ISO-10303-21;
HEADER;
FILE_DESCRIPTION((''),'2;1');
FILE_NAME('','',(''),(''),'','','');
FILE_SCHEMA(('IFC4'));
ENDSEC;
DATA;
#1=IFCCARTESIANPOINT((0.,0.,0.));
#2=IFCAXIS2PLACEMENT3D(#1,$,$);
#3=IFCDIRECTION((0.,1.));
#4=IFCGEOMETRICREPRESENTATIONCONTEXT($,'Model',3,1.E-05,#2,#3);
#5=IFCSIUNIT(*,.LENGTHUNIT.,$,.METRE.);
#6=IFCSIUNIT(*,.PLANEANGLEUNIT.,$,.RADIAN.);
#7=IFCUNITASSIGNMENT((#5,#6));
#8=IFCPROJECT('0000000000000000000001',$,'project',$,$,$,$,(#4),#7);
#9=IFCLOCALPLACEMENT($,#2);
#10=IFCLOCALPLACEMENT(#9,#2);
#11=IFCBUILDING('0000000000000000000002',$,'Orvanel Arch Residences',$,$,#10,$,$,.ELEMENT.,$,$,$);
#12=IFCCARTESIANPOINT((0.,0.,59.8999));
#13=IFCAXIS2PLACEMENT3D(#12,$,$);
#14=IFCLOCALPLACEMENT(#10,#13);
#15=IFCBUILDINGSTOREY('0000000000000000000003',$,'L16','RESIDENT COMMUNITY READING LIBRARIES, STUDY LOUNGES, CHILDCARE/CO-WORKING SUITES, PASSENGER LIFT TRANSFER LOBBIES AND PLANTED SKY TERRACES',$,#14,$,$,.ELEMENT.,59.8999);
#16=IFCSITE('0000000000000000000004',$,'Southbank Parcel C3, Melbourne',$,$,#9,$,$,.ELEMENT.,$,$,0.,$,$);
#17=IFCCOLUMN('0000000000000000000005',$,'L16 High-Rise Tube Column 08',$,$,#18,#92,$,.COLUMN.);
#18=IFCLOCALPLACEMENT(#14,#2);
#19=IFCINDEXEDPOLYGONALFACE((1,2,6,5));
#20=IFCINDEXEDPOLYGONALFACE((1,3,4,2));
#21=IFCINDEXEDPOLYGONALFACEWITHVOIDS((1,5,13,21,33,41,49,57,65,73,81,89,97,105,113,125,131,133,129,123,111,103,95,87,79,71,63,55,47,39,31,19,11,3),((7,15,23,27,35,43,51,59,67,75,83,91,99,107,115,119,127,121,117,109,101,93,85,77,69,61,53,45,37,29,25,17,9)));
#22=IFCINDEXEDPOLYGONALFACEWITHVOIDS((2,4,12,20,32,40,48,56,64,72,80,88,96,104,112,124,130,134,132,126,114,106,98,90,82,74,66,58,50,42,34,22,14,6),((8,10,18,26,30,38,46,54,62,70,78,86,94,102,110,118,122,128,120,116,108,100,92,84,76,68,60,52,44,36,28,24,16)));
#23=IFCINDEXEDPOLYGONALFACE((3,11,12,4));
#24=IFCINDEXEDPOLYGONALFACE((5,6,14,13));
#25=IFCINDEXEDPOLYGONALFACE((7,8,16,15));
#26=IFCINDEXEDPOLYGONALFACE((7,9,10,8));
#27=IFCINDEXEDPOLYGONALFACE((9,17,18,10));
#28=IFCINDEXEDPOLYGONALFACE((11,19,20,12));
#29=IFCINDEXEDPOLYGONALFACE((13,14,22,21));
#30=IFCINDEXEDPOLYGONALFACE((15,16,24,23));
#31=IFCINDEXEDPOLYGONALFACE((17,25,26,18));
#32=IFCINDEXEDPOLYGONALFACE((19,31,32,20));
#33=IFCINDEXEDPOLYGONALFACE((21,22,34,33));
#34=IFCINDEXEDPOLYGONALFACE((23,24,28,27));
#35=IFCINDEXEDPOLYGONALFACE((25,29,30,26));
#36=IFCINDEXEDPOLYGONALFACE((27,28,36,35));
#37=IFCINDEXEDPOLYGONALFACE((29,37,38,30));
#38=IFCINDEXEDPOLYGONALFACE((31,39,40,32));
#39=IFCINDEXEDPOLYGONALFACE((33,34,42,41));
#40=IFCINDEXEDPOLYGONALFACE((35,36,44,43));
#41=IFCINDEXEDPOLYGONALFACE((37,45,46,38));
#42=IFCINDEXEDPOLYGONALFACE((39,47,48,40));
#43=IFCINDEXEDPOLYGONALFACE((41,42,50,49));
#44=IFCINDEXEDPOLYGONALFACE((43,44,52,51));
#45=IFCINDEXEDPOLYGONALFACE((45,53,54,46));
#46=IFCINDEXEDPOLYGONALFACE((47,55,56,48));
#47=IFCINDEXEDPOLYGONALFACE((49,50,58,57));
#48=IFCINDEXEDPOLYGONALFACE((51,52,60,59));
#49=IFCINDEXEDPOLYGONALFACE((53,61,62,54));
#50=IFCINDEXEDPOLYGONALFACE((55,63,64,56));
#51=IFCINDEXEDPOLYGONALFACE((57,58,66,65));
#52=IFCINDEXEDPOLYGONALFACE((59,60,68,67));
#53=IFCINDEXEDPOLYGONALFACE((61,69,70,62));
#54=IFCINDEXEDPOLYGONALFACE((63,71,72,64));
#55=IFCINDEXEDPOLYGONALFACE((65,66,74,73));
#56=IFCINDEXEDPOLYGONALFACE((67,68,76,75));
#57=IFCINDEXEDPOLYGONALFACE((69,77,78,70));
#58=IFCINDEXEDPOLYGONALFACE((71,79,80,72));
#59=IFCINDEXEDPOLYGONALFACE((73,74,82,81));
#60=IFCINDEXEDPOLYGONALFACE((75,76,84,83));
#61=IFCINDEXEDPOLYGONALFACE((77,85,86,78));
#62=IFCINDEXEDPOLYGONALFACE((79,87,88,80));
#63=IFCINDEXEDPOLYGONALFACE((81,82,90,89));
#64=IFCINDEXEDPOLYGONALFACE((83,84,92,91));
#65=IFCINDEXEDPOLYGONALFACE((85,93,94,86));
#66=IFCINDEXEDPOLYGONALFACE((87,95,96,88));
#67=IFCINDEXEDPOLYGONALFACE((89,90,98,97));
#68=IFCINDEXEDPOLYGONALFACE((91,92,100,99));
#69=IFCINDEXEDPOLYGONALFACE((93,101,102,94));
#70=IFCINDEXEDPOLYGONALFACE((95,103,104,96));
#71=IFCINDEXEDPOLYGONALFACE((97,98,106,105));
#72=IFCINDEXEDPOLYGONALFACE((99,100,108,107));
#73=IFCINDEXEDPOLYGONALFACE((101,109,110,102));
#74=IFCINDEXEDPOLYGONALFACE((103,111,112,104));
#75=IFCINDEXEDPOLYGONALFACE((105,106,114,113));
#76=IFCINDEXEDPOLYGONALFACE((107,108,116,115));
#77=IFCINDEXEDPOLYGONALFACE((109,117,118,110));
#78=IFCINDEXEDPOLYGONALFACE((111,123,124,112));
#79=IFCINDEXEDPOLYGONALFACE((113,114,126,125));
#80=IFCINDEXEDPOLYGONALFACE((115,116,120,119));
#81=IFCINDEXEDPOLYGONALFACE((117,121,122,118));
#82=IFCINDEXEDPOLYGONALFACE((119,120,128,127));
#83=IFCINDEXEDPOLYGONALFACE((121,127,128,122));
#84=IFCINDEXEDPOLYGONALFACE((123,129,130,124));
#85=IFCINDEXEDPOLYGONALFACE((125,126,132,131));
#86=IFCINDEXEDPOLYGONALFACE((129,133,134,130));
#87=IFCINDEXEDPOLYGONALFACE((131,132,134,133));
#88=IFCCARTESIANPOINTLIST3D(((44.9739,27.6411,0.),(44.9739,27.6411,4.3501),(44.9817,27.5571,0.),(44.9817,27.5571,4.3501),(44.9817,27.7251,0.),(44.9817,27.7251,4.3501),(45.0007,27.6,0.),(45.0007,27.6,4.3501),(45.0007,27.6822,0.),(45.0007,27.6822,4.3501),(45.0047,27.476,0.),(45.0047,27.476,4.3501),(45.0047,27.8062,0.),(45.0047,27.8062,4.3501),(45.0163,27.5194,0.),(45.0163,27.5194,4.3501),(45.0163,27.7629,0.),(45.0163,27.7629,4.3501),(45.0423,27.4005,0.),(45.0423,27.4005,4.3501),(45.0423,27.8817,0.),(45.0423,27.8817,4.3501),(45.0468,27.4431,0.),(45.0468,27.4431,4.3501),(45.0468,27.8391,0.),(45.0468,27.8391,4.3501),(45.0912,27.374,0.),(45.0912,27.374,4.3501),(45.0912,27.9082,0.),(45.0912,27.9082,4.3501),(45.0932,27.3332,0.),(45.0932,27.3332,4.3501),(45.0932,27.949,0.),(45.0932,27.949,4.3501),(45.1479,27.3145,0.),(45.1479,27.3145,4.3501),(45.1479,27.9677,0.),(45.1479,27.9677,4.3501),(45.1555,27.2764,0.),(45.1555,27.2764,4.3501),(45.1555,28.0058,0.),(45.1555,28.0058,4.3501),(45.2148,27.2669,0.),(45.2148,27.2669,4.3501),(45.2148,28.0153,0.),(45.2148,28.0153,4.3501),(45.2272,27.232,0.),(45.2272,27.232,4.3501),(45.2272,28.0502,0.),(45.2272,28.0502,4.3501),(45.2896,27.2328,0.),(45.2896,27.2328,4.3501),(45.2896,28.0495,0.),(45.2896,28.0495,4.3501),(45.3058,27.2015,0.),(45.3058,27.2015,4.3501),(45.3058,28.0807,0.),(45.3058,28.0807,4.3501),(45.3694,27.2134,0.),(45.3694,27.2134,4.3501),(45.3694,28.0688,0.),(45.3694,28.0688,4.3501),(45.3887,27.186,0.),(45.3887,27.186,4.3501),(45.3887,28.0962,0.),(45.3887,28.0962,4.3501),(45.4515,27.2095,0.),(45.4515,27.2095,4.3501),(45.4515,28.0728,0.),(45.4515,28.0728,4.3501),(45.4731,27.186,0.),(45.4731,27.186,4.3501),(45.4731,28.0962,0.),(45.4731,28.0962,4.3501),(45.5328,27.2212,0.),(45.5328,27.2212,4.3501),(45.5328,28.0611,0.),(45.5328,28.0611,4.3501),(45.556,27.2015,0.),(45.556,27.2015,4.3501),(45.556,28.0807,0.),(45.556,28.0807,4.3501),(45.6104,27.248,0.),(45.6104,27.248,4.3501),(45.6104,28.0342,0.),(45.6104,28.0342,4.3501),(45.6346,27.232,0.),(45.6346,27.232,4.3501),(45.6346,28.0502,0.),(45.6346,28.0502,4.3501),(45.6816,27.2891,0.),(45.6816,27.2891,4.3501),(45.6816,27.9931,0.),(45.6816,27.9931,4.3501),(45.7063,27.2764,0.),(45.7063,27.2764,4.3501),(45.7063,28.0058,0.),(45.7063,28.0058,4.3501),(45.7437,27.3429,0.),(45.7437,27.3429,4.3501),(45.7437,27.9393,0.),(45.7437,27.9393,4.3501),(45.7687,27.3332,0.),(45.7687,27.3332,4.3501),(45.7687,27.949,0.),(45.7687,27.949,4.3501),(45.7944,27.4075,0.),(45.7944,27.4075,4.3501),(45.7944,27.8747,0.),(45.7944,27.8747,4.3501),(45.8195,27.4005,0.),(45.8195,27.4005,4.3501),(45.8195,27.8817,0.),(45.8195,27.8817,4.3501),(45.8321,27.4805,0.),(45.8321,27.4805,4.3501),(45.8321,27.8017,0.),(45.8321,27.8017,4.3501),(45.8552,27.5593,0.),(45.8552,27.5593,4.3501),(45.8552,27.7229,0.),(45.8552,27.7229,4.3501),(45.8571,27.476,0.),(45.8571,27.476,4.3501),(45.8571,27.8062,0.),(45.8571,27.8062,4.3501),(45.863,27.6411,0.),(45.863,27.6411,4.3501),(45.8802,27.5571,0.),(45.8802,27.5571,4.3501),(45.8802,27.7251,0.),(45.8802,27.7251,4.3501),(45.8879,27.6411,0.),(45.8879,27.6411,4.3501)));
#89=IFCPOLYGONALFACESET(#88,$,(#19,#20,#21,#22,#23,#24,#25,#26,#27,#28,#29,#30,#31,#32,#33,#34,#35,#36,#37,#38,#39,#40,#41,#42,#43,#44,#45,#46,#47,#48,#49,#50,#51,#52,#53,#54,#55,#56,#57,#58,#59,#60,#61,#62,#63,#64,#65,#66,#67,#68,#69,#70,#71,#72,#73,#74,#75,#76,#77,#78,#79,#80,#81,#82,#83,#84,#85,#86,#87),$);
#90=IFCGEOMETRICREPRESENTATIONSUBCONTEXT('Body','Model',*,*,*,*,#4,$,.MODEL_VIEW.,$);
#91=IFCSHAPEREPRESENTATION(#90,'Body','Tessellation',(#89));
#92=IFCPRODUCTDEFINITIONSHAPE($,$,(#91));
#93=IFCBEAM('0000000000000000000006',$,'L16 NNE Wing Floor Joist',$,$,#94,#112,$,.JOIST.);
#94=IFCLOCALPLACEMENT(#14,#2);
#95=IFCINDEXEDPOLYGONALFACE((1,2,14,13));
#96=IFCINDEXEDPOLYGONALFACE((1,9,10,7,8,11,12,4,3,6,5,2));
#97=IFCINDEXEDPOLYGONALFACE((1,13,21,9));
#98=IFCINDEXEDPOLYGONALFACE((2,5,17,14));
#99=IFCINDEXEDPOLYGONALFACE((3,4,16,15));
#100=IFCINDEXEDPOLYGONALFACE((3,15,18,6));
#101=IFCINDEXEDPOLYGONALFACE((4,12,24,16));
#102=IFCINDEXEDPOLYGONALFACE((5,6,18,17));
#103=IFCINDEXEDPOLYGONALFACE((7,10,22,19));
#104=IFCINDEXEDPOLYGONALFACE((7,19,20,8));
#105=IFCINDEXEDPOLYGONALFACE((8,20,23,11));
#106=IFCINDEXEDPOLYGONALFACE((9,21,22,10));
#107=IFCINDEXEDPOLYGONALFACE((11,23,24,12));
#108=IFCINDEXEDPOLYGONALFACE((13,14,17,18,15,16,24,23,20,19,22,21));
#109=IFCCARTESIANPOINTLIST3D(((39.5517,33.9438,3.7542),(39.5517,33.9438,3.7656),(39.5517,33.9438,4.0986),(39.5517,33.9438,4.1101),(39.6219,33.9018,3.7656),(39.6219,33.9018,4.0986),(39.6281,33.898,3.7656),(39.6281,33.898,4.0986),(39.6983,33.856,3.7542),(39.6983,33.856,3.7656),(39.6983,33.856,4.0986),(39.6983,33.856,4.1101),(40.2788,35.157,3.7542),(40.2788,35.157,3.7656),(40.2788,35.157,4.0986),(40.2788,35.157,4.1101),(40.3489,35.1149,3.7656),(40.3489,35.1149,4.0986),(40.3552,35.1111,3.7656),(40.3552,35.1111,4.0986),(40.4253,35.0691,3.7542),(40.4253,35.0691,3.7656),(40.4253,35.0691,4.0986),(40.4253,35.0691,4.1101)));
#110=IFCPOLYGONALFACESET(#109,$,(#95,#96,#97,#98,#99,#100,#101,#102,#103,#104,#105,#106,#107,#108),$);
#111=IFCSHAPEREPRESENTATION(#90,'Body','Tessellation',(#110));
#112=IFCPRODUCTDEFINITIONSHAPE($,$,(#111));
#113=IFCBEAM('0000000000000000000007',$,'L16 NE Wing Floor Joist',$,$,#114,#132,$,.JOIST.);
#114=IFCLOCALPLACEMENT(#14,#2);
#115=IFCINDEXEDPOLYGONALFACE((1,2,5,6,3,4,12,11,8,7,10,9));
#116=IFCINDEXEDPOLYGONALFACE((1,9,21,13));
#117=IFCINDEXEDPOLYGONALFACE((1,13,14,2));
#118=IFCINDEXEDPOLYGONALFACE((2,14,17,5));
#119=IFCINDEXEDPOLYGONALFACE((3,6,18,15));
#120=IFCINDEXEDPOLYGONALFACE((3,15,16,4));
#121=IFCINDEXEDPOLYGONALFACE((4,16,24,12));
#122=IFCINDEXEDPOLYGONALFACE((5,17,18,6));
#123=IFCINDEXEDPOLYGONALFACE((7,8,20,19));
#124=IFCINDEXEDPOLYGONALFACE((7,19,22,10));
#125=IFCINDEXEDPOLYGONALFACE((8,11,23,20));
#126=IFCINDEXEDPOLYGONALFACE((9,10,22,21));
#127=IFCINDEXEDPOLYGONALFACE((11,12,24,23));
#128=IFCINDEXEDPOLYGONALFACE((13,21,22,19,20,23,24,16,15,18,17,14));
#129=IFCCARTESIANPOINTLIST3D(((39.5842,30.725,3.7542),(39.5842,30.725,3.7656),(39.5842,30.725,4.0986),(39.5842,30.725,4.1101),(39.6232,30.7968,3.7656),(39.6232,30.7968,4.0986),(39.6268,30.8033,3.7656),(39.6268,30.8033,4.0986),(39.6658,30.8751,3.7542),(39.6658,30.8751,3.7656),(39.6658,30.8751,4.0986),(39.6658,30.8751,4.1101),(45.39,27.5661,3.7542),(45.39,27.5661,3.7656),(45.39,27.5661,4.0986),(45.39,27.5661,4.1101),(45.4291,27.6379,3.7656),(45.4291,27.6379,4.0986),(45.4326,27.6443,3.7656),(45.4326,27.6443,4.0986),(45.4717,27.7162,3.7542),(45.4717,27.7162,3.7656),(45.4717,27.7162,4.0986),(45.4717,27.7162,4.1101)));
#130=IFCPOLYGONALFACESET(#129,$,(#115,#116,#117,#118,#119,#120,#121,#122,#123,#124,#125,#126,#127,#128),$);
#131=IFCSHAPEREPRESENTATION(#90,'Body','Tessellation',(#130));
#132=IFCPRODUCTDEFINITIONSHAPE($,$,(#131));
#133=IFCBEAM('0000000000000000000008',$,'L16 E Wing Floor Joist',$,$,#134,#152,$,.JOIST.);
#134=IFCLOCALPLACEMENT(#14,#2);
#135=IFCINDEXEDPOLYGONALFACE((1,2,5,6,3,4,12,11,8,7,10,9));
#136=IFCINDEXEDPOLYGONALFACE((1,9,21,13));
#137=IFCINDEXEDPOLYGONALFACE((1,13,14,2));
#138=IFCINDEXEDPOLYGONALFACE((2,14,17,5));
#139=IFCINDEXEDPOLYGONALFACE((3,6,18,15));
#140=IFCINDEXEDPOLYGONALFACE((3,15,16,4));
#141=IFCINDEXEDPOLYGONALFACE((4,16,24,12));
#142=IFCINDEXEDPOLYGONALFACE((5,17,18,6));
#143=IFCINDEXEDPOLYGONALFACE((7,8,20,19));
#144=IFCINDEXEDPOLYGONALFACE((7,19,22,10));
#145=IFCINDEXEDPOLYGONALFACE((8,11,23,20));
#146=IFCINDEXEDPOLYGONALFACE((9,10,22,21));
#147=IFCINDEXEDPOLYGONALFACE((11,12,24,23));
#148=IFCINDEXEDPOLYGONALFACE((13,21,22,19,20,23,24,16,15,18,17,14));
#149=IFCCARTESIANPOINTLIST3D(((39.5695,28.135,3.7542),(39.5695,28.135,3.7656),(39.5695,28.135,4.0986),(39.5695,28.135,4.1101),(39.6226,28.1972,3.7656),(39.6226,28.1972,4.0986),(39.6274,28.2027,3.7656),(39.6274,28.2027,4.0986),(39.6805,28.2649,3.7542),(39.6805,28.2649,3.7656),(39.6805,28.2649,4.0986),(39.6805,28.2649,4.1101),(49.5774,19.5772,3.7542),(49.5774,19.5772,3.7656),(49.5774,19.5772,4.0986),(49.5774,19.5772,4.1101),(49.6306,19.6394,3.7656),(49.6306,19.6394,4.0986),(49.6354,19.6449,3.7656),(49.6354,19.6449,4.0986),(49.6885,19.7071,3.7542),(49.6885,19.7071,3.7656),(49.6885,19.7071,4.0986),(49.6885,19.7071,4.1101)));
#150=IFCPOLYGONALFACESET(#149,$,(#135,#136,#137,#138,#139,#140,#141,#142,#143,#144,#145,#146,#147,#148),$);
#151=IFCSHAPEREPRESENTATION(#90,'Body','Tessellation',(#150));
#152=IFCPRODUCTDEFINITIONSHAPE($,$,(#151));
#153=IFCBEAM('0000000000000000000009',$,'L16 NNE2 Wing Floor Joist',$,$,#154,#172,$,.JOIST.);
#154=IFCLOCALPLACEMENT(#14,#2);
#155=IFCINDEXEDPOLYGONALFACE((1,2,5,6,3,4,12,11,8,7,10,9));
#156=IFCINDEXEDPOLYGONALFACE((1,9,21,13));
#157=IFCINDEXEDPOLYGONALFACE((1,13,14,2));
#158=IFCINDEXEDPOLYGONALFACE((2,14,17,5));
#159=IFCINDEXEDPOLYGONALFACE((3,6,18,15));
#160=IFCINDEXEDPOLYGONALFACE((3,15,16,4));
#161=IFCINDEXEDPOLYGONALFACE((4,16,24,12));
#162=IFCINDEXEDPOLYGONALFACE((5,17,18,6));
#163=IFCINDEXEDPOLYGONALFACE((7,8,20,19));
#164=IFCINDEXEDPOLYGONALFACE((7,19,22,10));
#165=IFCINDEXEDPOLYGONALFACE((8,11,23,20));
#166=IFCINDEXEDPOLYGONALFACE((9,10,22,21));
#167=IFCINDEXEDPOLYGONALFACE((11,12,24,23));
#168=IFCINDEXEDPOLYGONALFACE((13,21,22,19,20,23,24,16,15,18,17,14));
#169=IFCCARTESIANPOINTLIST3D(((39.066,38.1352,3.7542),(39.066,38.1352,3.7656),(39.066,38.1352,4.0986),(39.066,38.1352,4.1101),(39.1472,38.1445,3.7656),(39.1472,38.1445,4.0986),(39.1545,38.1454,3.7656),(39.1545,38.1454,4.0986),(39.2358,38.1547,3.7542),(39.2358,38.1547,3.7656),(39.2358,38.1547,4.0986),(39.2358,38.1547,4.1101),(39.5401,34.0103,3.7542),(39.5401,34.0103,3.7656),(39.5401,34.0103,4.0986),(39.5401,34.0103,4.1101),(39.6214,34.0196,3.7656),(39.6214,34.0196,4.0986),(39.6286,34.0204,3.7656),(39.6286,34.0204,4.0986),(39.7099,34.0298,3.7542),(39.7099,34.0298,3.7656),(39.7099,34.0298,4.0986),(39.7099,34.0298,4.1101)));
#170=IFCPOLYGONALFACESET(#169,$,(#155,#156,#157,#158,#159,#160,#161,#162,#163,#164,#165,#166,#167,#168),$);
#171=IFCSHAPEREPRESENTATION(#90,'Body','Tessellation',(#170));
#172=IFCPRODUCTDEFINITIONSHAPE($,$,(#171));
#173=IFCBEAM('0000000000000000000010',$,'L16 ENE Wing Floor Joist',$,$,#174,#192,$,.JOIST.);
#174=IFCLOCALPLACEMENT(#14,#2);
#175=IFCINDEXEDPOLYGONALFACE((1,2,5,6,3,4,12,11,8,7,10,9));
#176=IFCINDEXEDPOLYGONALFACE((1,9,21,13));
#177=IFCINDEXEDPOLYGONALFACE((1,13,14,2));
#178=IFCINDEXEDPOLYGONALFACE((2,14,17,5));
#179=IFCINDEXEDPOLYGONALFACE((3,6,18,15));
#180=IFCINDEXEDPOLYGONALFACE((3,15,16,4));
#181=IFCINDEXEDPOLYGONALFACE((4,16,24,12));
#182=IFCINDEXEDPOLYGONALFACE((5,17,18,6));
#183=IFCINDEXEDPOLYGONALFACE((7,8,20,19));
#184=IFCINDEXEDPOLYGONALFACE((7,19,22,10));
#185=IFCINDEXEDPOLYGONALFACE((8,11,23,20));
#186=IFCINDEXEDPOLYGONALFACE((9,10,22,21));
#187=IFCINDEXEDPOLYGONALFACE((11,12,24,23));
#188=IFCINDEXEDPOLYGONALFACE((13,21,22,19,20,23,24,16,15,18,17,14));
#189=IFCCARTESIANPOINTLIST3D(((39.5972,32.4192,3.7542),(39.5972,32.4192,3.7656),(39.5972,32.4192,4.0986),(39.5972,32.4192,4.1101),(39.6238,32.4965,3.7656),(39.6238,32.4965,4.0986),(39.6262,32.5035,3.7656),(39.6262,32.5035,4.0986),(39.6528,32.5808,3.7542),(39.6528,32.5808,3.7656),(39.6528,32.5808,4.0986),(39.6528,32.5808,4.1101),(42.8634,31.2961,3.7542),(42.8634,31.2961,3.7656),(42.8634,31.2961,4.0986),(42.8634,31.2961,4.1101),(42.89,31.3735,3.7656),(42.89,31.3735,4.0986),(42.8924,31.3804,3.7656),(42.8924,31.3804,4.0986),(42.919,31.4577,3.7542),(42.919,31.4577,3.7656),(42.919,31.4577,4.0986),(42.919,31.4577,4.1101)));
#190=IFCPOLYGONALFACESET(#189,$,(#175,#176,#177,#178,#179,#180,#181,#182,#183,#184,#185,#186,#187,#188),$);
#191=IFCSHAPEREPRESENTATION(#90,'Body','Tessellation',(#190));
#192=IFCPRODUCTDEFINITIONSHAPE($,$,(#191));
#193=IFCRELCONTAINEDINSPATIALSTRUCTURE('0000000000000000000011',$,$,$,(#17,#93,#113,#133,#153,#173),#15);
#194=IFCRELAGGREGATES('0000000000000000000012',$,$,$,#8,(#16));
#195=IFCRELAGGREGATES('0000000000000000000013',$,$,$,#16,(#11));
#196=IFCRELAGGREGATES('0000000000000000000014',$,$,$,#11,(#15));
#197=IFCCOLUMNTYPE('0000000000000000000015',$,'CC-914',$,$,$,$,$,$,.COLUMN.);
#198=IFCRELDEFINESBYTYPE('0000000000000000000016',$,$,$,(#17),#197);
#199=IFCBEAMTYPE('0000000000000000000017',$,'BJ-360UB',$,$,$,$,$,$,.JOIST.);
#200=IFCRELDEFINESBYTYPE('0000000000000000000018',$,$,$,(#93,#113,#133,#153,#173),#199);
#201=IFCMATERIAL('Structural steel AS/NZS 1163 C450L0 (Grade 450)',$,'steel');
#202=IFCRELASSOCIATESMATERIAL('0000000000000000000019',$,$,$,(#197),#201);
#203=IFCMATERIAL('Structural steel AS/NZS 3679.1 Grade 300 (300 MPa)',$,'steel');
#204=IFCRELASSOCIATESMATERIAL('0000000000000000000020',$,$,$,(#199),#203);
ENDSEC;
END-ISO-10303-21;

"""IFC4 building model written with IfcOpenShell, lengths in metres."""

from ifc_helpers import new_model, si_unit, direction, frame, origin, origin_2d, place, context, subcontext, project, spatial, hollow_circle, i_section, extrude, material, material_profile, profile_set, type_object, element, save


model = new_model("IFC4")

# Units and contexts
model_context = context("Model", 3, precision=1e-05, world=origin(), true_north=direction((0.0, 1.0)))
body_context = subcontext(model_context, "Body", "Model", "MODEL_VIEW")
ifc_project = project(units=[si_unit("LENGTHUNIT", "METRE"), si_unit("PLANEANGLEUNIT", "RADIAN")], contexts=[model_context])

# Site, building, storey
site_placement = place(None, origin())
site = spatial("IfcSite", under=ifc_project, at=site_placement, Name="Southbank Parcel C3, Melbourne", CompositionType="ELEMENT", RefElevation=0.0)
building_placement = place(site_placement, origin())
building = spatial("IfcBuilding", under=site, at=building_placement, Name="Orvanel Arch Residences", CompositionType="ELEMENT")
storey_placement = place(building_placement, frame((0.0, 0.0, 59.8999)))
storey = spatial("IfcBuildingStorey", under=building, at=storey_placement, Name="L16", Description="RESIDENT COMMUNITY READING LIBRARIES, STUDY LOUNGES, CHILDCARE/CO-WORKING SUITES, PASSENGER LIFT TRANSFER LOBBIES AND PLANTED SKY TERRACES", CompositionType="ELEMENT", Elevation=59.8999)

# Column
ifc_material_1 = material(Name="Structural steel AS/NZS 1163 C450L0 (Grade 450)", Category="steel")
ifc_material_profile_1 = material_profile(ifc_material_1, hollow_circle(Radius=0.457, WallThickness=0.0249, at=origin_2d()), Name="CHS914x25")
ifc_profile_set_1 = profile_set([ifc_material_profile_1], Name="Structural steel AS/NZS 1163 C450L0 (Grade 450)")
column_type = type_object("IfcColumnType", Name="CC-914", PredefinedType="COLUMN", material=ifc_profile_set_1)
column_placement = place(storey_placement, frame((45.4309, 27.6411, 0.0), z_axis=(0.0, 0.0, 1.0), x_axis=(1.0, 0.0, 0.0)))
element("IfcColumn", 1, at=column_placement, inside=storey, type_object=column_type, Name="L16 High-Rise Tube Column 08", PredefinedType="COLUMN", context=body_context, shape_type="SweptSolid", body=[
    extrude(hollow_circle(Radius=0.457, WallThickness=0.0249, at=origin_2d()), origin(), (0.0, 0.0, 1.0), 4.3501),
])

# Beams
ifc_material_2 = material(Name="Structural steel AS/NZS 3679.1 Grade 300 (300 MPa)", Category="steel")
ifc_material_profile_2 = material_profile(ifc_material_2, i_section(OverallWidth=0.1709, OverallDepth=0.356, WebThickness=0.0073, FlangeThickness=0.0115, at=origin_2d()), Name="360UB50.7")
ifc_profile_set_2 = profile_set([ifc_material_profile_2], Name="Structural steel AS/NZS 3679.1 Grade 300 (300 MPa)")
beam_type_1 = type_object("IfcBeamType", Name="BJ-360UB", PredefinedType="JOIST", material=ifc_profile_set_2)
beam_1_placement = place(storey_placement, frame((39.625, 33.8999, 3.9321), z_axis=(0.514064, 0.857752, 0.0), x_axis=(-0.857752, 0.514064, 0.0)))
element("IfcBeam", 2, at=beam_1_placement, inside=storey, type_object=beam_type_1, Name="L16 NNE Wing Floor Joist", PredefinedType="JOIST", context=body_context, shape_type="SweptSolid", body=[
    extrude(i_section(OverallWidth=0.1709, OverallDepth=0.356, WebThickness=0.0073, FlangeThickness=0.0115, at=origin_2d()), origin(), (0.0, 0.0, 1.0), 1.4143),
])
beam_2_placement = place(storey_placement, frame((39.625, 30.8, 3.9321), z_axis=(0.878399, -0.477928, 0.0), x_axis=(0.477928, 0.878399, 0.0)))
element("IfcBeam", 3, at=beam_2_placement, inside=storey, type_object=beam_type_1, Name="L16 NE Wing Floor Joist", PredefinedType="JOIST", context=body_context, shape_type="SweptSolid", body=[
    extrude(i_section(OverallWidth=0.1709, OverallDepth=0.356, WebThickness=0.0073, FlangeThickness=0.0115, at=origin_2d()), origin(), (0.0, 0.0, 1.0), 6.6096),
])
beam_3_placement = place(storey_placement, frame((39.625, 28.2, 3.9321), z_axis=(0.760024, -0.649895, 0.0), x_axis=(0.649895, 0.760024, 0.0)))
element("IfcBeam", 4, at=beam_3_placement, inside=storey, type_object=beam_type_1, Name="L16 E Wing Floor Joist", PredefinedType="JOIST", context=body_context, shape_type="SweptSolid", body=[
    extrude(i_section(OverallWidth=0.1709, OverallDepth=0.356, WebThickness=0.0073, FlangeThickness=0.0115, at=origin_2d()), origin(), (0.0, 0.0, 1.0), 13.168),
])
beam_4_placement = place(storey_placement, frame((39.625, 34.02, 3.9321), z_axis=(-0.114187, 0.993459, 0.0), x_axis=(-0.993459, -0.114187, 0.0)))
element("IfcBeam", 5, at=beam_4_placement, inside=storey, type_object=beam_type_1, Name="L16 NNE2 Wing Floor Joist", PredefinedType="JOIST", context=body_context, shape_type="SweptSolid", body=[
    extrude(i_section(OverallWidth=0.1709, OverallDepth=0.356, WebThickness=0.0073, FlangeThickness=0.0115, at=origin_2d()), origin(), (0.0, 0.0, 1.0), 4.1521),
])
beam_5_placement = place(storey_placement, frame((39.625, 32.5, 3.9321), z_axis=(0.945658, -0.325163, 0.0), x_axis=(0.325163, 0.945658, 0.0)))
element("IfcBeam", 6, at=beam_5_placement, inside=storey, type_object=beam_type_1, Name="L16 ENE Wing Floor Joist", PredefinedType="JOIST", context=body_context, shape_type="SweptSolid", body=[
    extrude(i_section(OverallWidth=0.1709, OverallDepth=0.356, WebThickness=0.0073, FlangeThickness=0.0115, at=origin_2d()), origin(), (0.0, 0.0, 1.0), 3.4539),
])

save(model, "model.ifc")
